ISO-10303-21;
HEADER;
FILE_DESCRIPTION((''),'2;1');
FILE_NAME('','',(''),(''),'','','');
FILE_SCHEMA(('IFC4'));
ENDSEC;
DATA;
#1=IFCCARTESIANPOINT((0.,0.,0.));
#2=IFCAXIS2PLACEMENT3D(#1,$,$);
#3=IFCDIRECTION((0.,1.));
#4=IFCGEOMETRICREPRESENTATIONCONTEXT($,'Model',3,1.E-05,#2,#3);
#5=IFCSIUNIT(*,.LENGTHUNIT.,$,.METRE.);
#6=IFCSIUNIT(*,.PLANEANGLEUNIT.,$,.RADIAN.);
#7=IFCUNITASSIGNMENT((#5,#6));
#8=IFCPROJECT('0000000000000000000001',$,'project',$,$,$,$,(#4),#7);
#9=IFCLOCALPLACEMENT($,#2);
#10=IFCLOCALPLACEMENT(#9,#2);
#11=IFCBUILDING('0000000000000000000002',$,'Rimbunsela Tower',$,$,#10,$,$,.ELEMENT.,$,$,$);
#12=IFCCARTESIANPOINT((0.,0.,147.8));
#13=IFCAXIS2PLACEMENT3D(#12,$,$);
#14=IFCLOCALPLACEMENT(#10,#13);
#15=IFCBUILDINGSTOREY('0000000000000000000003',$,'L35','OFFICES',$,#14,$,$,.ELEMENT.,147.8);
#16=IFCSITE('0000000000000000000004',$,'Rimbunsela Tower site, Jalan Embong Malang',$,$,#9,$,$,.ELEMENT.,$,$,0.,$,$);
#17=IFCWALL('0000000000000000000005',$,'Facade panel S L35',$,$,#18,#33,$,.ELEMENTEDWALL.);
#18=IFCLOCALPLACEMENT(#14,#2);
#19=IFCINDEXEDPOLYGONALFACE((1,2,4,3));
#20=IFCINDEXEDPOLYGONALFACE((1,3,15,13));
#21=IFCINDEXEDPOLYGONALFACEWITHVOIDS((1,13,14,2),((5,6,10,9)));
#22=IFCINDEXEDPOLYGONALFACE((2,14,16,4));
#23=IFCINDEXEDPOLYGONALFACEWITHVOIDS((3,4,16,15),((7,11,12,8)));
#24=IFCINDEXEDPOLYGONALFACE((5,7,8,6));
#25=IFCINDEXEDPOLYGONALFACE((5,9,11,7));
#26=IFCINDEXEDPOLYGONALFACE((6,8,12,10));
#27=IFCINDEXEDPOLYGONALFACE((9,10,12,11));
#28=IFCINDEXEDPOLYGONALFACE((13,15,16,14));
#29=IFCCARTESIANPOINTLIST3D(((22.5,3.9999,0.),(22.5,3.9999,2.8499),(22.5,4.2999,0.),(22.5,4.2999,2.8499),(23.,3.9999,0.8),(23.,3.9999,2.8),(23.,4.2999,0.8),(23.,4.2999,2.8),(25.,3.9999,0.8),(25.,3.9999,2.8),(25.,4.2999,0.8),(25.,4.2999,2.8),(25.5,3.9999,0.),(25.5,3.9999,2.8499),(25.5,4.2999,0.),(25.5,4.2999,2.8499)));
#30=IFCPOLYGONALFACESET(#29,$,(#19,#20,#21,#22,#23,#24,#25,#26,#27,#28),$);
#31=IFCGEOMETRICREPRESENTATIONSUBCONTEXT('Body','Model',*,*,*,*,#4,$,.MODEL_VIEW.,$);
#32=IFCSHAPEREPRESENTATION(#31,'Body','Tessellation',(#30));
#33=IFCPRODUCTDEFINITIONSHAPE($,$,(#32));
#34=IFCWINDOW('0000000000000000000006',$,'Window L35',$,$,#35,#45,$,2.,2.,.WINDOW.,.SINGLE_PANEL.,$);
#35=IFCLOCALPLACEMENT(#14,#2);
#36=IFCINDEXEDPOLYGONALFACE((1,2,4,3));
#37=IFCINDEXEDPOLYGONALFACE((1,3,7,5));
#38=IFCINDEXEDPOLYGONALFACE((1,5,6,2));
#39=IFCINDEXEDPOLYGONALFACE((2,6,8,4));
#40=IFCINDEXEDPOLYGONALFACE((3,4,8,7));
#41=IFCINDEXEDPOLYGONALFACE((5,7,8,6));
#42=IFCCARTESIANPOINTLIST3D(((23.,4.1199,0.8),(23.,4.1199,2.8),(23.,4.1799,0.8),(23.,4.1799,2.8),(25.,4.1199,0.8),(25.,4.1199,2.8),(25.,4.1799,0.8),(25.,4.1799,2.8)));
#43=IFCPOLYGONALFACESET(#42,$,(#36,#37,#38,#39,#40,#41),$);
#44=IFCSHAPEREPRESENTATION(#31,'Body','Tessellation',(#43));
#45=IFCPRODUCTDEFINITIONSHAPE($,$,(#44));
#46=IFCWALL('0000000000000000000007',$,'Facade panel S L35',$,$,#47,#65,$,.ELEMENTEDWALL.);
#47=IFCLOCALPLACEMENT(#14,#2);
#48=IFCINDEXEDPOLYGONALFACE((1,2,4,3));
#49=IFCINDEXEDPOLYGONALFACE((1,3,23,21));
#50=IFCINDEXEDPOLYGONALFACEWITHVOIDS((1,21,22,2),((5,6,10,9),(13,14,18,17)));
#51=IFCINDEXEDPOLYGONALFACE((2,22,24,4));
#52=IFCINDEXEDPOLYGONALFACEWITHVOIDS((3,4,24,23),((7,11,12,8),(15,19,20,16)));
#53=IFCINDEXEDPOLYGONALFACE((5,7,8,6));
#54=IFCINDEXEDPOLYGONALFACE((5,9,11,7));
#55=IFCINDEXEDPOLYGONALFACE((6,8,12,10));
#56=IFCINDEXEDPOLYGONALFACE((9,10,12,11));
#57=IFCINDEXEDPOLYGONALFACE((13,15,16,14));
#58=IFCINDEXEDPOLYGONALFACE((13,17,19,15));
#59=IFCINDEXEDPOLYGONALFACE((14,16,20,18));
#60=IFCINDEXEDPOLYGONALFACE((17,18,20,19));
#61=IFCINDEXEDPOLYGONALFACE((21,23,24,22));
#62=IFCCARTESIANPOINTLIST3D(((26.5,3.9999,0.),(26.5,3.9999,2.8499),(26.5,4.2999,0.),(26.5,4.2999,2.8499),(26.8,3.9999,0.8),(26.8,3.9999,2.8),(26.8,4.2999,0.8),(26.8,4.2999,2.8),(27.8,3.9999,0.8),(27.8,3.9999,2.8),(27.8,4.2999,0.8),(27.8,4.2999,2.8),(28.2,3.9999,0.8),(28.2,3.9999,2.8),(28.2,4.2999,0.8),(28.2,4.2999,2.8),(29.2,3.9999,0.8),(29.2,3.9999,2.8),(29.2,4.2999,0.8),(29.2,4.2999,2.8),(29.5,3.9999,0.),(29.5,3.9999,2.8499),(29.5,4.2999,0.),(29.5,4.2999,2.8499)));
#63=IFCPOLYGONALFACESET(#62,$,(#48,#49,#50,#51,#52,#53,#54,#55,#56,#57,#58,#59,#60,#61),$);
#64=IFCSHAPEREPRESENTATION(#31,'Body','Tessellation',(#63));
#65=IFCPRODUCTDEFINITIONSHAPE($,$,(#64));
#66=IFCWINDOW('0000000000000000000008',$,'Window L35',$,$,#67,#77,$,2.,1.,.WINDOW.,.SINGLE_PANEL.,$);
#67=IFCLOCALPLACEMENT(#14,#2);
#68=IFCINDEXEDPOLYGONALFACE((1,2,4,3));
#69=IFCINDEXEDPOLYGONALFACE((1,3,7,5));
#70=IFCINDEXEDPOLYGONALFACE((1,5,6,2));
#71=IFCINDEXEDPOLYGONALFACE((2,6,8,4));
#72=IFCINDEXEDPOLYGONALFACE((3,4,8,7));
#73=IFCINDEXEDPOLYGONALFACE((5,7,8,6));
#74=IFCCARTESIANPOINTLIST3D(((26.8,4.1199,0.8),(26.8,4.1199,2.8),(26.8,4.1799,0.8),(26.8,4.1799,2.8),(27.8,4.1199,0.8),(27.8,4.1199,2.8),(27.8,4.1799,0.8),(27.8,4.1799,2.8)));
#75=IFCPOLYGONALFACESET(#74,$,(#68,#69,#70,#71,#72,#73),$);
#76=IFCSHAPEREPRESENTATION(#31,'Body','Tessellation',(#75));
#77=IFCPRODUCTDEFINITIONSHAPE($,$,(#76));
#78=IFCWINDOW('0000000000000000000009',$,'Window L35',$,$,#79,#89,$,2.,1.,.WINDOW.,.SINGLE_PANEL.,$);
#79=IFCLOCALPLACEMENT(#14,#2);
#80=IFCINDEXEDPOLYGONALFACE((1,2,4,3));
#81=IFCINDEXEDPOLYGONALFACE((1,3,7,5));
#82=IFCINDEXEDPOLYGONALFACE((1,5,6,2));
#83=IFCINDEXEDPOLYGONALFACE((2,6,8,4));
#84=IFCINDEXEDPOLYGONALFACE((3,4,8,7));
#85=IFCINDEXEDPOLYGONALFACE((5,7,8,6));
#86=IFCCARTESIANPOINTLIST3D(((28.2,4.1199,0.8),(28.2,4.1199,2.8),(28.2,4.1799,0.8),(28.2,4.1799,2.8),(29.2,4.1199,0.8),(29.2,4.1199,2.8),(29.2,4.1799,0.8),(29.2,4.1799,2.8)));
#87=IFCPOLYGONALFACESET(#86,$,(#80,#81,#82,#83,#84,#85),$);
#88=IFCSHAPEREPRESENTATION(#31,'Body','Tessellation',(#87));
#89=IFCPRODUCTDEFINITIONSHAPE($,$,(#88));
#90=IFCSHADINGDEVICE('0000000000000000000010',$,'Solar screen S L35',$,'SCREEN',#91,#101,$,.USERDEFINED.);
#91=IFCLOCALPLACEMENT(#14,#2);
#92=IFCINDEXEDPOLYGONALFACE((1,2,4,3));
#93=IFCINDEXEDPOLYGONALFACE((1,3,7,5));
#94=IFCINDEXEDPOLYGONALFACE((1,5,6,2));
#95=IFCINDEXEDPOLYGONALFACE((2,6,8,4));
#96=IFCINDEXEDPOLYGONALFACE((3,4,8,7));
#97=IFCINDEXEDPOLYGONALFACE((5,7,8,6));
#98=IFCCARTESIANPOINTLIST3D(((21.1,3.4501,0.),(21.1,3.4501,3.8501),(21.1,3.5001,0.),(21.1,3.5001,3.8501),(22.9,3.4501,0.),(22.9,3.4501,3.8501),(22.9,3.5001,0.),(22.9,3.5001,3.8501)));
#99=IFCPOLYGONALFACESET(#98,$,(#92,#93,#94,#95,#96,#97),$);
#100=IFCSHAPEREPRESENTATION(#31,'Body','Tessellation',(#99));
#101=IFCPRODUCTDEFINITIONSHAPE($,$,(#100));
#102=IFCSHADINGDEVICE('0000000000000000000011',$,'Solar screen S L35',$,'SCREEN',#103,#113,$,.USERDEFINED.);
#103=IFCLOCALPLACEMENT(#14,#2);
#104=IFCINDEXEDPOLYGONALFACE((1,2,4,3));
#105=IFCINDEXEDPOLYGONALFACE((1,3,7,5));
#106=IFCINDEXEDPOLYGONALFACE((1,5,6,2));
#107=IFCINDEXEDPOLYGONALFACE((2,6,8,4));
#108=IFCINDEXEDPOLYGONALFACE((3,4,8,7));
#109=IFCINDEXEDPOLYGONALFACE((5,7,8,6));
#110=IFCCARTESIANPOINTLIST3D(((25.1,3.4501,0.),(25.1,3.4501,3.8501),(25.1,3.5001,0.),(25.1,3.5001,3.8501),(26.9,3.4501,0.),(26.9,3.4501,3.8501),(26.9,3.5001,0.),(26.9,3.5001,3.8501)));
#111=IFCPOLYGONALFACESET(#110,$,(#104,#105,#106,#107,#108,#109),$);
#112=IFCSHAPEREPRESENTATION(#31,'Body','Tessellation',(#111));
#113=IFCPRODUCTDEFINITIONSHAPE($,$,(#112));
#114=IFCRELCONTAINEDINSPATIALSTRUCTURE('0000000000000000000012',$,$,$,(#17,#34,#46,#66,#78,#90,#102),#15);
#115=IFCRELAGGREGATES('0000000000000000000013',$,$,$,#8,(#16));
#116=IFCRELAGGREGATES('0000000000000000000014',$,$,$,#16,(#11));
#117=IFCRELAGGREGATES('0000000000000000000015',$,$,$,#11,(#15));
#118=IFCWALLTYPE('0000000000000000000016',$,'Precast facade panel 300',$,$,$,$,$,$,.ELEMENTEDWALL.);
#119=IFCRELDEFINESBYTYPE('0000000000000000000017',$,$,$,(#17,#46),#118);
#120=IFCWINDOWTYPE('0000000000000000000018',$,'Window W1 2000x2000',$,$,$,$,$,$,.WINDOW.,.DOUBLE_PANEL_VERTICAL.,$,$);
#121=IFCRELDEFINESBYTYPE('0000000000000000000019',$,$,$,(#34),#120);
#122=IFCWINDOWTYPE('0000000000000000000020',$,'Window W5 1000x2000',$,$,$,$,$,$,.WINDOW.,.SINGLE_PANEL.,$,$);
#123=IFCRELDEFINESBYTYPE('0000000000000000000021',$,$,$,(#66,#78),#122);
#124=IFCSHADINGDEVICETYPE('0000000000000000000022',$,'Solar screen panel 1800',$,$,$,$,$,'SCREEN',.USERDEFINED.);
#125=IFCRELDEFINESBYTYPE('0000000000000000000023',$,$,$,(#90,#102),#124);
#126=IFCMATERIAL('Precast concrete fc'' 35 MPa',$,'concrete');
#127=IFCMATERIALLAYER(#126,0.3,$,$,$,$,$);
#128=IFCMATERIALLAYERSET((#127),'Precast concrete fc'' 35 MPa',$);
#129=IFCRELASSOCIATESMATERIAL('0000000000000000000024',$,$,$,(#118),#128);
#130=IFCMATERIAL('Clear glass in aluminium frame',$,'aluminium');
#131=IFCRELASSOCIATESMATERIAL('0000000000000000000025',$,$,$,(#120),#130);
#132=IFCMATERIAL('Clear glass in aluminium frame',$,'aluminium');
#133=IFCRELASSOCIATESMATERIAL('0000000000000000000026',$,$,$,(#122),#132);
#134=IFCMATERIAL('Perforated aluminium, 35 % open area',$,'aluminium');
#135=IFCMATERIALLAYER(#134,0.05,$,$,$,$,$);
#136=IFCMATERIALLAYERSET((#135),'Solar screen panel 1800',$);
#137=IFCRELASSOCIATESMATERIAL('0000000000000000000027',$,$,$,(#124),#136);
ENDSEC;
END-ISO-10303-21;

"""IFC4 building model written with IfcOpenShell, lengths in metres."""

from ifc_helpers import new_model, si_unit, direction, frame, frame_2d, origin, origin_2d, place, context, subcontext, project, spatial, rectangle, extrude, material, layer, layer_set, type_object, element, fill, save


model = new_model("IFC4")

# Units and contexts
model_context = context("Model", 3, precision=1e-05, world=origin(), true_north=direction((0.0, 1.0)))
body_context = subcontext(model_context, "Body", "Model", "MODEL_VIEW")
ifc_project = project(units=[si_unit("LENGTHUNIT", "METRE"), si_unit("PLANEANGLEUNIT", "RADIAN")], contexts=[model_context])

# Site, building, storey
site_placement = place(None, origin())
site = spatial("IfcSite", under=ifc_project, at=site_placement, Name="Rimbunsela Tower site, Jalan Embong Malang", CompositionType="ELEMENT", RefElevation=0.0)
building_placement = place(site_placement, origin())
building = spatial("IfcBuilding", under=site, at=building_placement, Name="Rimbunsela Tower", CompositionType="ELEMENT")
storey_placement = place(building_placement, frame((0.0, 0.0, 147.8)))
storey = spatial("IfcBuildingStorey", under=building, at=storey_placement, Name="L35", Description="OFFICES", CompositionType="ELEMENT", Elevation=147.8)

# Wall, opening, window
ifc_material_1 = material(Name="Precast concrete fc' 35 MPa", Category="concrete")
ifc_layer_1 = layer(ifc_material_1, 0.3)
ifc_layer_set_1 = layer_set([ifc_layer_1], Name="Precast concrete fc' 35 MPa")
wall_type = type_object("IfcWallType", Name="Precast facade panel 300", PredefinedType="ELEMENTEDWALL", material=ifc_layer_set_1)
ifc_material_2 = material(Name="Clear glass in aluminium frame", Category="aluminium")
window_type_1 = type_object("IfcWindowType", Name="Window W1 2000x2000", PartitioningType="DOUBLE_PANEL_VERTICAL", PredefinedType="WINDOW", material=ifc_material_2)
wall_1_placement = place(storey_placement, frame((22.5, 4.1499, 0.0), z_axis=(0.0, 0.0, 1.0), x_axis=(1.0, 0.0, 0.0)))
wall_1 = element("IfcWall", 1, at=wall_1_placement, inside=storey, type_object=wall_type, Name="Facade panel S L35", PredefinedType="ELEMENTEDWALL", context=body_context, shape_type="SweptSolid", body=[
    extrude(rectangle(XDim=3.0, YDim=0.3, at=frame_2d((1.5, 0.0))), origin(), (0.0, 0.0, 1.0), 2.8499),
])
opening_1_placement = place(wall_1_placement, frame((0.5, 0.0, 0.8)))
opening_1 = element("IfcOpeningElement", 2, at=opening_1_placement, cuts=wall_1, PredefinedType="OPENING", context=body_context, shape_type="SweptSolid", body=[
    extrude(rectangle(XDim=2.0, YDim=2.0, at=frame_2d((1.0, 1.0))), frame((0.0, 0.1599, 0.0), z_axis=(0.0, -1.0, 0.0), x_axis=(1.0, 0.0, 0.0)), (0.0, 0.0, 1.0), 0.3201),
])
window_1_placement = place(opening_1_placement, origin())
window_1 = element("IfcWindow", 3, at=window_1_placement, inside=storey, type_object=window_type_1, Name="Window L35", OverallHeight=2.0, OverallWidth=2.0, PartitioningType="SINGLE_PANEL", PredefinedType="WINDOW", context=body_context, shape_type="SweptSolid", body=[
    extrude(rectangle(XDim=2.0, YDim=2.0, at=frame_2d((1.0, 1.0))), frame((0.0, 0.03, 0.0), z_axis=(0.0, -1.0, 0.0), x_axis=(1.0, 0.0, 0.0)), (0.0, 0.0, 1.0), 0.0601),
])
fill(opening_1, window_1)

# Wall, openings, windows
wall_2_placement = place(storey_placement, frame((26.5, 4.1499, 0.0), z_axis=(0.0, 0.0, 1.0), x_axis=(1.0, 0.0, 0.0)))
wall_2 = element("IfcWall", 4, at=wall_2_placement, inside=storey, type_object=wall_type, Name="Facade panel S L35", PredefinedType="ELEMENTEDWALL", context=body_context, shape_type="SweptSolid", body=[
    extrude(rectangle(XDim=3.0, YDim=0.3, at=frame_2d((1.5, 0.0))), origin(), (0.0, 0.0, 1.0), 2.8499),
])
opening_2_placement = place(wall_2_placement, frame((0.3, 0.0, 0.8)))
opening_2 = element("IfcOpeningElement", 5, at=opening_2_placement, cuts=wall_2, PredefinedType="OPENING", context=body_context, shape_type="SweptSolid", body=[
    extrude(rectangle(XDim=1.0, YDim=2.0, at=frame_2d((0.5, 1.0))), frame((0.0, 0.1599, 0.0), z_axis=(0.0, -1.0, 0.0), x_axis=(1.0, 0.0, 0.0)), (0.0, 0.0, 1.0), 0.3201),
])
opening_3_placement = place(wall_2_placement, frame((1.7, 0.0, 0.8)))
opening_3 = element("IfcOpeningElement", 6, at=opening_3_placement, cuts=wall_2, PredefinedType="OPENING", context=body_context, shape_type="SweptSolid", body=[
    extrude(rectangle(XDim=1.0, YDim=2.0, at=frame_2d((0.5, 1.0))), frame((0.0, 0.1599, 0.0), z_axis=(0.0, -1.0, 0.0), x_axis=(1.0, 0.0, 0.0)), (0.0, 0.0, 1.0), 0.3201),
])
ifc_material_3 = material(Name="Clear glass in aluminium frame", Category="aluminium")
window_type_2 = type_object("IfcWindowType", Name="Window W5 1000x2000", PartitioningType="SINGLE_PANEL", PredefinedType="WINDOW", material=ifc_material_3)
window_2_placement = place(opening_2_placement, origin())
window_2 = element("IfcWindow", 7, at=window_2_placement, inside=storey, type_object=window_type_2, Name="Window L35", OverallHeight=2.0, OverallWidth=1.0, PartitioningType="SINGLE_PANEL", PredefinedType="WINDOW", context=body_context, shape_type="SweptSolid", body=[
    extrude(rectangle(XDim=1.0, YDim=2.0, at=frame_2d((0.5, 1.0))), frame((0.0, 0.03, 0.0), z_axis=(0.0, -1.0, 0.0), x_axis=(1.0, 0.0, 0.0)), (0.0, 0.0, 1.0), 0.0601),
])
fill(opening_2, window_2)
window_3_placement = place(opening_3_placement, origin())
window_3 = element("IfcWindow", 8, at=window_3_placement, inside=storey, type_object=window_type_2, Name="Window L35", OverallHeight=2.0, OverallWidth=1.0, PartitioningType="SINGLE_PANEL", PredefinedType="WINDOW", context=body_context, shape_type="SweptSolid", body=[
    extrude(rectangle(XDim=1.0, YDim=2.0, at=frame_2d((0.5, 1.0))), frame((0.0, 0.03, 0.0), z_axis=(0.0, -1.0, 0.0), x_axis=(1.0, 0.0, 0.0)), (0.0, 0.0, 1.0), 0.0601),
])
fill(opening_3, window_3)

# Shading devices
ifc_material_4 = material(Name="Perforated aluminium, 35 % open area", Category="aluminium")
ifc_layer_2 = layer(ifc_material_4, 0.05)
ifc_layer_set_2 = layer_set([ifc_layer_2], Name="Solar screen panel 1800")
shading_device_type = type_object("IfcShadingDeviceType", Name="Solar screen panel 1800", ElementType="SCREEN", PredefinedType="USERDEFINED", material=ifc_layer_set_2)
for number, where, z_axis, x_axis, name in (
    (9, (22.0, 3.4751, 0.0), (0.0, 0.0, 1.0), (1.0, 0.0, 0.0), "Solar screen S L35"),
    (10, (26.0, 3.4751, 0.0), (0.0, 0.0, 1.0), (1.0, 0.0, 0.0), "Solar screen S L35"),
):
    element("IfcShadingDevice", number, at=place(storey_placement, frame(where, z_axis=z_axis, x_axis=x_axis)), inside=storey, type_object=shading_device_type, Name=name, ObjectType="SCREEN", PredefinedType="USERDEFINED", context=body_context, shape_type="SweptSolid", body=[
        extrude(rectangle(XDim=1.8, YDim=0.05, at=origin_2d()), origin(), (0.0, 0.0, 1.0), 3.8501),
    ])

save(model, "model.ifc")
